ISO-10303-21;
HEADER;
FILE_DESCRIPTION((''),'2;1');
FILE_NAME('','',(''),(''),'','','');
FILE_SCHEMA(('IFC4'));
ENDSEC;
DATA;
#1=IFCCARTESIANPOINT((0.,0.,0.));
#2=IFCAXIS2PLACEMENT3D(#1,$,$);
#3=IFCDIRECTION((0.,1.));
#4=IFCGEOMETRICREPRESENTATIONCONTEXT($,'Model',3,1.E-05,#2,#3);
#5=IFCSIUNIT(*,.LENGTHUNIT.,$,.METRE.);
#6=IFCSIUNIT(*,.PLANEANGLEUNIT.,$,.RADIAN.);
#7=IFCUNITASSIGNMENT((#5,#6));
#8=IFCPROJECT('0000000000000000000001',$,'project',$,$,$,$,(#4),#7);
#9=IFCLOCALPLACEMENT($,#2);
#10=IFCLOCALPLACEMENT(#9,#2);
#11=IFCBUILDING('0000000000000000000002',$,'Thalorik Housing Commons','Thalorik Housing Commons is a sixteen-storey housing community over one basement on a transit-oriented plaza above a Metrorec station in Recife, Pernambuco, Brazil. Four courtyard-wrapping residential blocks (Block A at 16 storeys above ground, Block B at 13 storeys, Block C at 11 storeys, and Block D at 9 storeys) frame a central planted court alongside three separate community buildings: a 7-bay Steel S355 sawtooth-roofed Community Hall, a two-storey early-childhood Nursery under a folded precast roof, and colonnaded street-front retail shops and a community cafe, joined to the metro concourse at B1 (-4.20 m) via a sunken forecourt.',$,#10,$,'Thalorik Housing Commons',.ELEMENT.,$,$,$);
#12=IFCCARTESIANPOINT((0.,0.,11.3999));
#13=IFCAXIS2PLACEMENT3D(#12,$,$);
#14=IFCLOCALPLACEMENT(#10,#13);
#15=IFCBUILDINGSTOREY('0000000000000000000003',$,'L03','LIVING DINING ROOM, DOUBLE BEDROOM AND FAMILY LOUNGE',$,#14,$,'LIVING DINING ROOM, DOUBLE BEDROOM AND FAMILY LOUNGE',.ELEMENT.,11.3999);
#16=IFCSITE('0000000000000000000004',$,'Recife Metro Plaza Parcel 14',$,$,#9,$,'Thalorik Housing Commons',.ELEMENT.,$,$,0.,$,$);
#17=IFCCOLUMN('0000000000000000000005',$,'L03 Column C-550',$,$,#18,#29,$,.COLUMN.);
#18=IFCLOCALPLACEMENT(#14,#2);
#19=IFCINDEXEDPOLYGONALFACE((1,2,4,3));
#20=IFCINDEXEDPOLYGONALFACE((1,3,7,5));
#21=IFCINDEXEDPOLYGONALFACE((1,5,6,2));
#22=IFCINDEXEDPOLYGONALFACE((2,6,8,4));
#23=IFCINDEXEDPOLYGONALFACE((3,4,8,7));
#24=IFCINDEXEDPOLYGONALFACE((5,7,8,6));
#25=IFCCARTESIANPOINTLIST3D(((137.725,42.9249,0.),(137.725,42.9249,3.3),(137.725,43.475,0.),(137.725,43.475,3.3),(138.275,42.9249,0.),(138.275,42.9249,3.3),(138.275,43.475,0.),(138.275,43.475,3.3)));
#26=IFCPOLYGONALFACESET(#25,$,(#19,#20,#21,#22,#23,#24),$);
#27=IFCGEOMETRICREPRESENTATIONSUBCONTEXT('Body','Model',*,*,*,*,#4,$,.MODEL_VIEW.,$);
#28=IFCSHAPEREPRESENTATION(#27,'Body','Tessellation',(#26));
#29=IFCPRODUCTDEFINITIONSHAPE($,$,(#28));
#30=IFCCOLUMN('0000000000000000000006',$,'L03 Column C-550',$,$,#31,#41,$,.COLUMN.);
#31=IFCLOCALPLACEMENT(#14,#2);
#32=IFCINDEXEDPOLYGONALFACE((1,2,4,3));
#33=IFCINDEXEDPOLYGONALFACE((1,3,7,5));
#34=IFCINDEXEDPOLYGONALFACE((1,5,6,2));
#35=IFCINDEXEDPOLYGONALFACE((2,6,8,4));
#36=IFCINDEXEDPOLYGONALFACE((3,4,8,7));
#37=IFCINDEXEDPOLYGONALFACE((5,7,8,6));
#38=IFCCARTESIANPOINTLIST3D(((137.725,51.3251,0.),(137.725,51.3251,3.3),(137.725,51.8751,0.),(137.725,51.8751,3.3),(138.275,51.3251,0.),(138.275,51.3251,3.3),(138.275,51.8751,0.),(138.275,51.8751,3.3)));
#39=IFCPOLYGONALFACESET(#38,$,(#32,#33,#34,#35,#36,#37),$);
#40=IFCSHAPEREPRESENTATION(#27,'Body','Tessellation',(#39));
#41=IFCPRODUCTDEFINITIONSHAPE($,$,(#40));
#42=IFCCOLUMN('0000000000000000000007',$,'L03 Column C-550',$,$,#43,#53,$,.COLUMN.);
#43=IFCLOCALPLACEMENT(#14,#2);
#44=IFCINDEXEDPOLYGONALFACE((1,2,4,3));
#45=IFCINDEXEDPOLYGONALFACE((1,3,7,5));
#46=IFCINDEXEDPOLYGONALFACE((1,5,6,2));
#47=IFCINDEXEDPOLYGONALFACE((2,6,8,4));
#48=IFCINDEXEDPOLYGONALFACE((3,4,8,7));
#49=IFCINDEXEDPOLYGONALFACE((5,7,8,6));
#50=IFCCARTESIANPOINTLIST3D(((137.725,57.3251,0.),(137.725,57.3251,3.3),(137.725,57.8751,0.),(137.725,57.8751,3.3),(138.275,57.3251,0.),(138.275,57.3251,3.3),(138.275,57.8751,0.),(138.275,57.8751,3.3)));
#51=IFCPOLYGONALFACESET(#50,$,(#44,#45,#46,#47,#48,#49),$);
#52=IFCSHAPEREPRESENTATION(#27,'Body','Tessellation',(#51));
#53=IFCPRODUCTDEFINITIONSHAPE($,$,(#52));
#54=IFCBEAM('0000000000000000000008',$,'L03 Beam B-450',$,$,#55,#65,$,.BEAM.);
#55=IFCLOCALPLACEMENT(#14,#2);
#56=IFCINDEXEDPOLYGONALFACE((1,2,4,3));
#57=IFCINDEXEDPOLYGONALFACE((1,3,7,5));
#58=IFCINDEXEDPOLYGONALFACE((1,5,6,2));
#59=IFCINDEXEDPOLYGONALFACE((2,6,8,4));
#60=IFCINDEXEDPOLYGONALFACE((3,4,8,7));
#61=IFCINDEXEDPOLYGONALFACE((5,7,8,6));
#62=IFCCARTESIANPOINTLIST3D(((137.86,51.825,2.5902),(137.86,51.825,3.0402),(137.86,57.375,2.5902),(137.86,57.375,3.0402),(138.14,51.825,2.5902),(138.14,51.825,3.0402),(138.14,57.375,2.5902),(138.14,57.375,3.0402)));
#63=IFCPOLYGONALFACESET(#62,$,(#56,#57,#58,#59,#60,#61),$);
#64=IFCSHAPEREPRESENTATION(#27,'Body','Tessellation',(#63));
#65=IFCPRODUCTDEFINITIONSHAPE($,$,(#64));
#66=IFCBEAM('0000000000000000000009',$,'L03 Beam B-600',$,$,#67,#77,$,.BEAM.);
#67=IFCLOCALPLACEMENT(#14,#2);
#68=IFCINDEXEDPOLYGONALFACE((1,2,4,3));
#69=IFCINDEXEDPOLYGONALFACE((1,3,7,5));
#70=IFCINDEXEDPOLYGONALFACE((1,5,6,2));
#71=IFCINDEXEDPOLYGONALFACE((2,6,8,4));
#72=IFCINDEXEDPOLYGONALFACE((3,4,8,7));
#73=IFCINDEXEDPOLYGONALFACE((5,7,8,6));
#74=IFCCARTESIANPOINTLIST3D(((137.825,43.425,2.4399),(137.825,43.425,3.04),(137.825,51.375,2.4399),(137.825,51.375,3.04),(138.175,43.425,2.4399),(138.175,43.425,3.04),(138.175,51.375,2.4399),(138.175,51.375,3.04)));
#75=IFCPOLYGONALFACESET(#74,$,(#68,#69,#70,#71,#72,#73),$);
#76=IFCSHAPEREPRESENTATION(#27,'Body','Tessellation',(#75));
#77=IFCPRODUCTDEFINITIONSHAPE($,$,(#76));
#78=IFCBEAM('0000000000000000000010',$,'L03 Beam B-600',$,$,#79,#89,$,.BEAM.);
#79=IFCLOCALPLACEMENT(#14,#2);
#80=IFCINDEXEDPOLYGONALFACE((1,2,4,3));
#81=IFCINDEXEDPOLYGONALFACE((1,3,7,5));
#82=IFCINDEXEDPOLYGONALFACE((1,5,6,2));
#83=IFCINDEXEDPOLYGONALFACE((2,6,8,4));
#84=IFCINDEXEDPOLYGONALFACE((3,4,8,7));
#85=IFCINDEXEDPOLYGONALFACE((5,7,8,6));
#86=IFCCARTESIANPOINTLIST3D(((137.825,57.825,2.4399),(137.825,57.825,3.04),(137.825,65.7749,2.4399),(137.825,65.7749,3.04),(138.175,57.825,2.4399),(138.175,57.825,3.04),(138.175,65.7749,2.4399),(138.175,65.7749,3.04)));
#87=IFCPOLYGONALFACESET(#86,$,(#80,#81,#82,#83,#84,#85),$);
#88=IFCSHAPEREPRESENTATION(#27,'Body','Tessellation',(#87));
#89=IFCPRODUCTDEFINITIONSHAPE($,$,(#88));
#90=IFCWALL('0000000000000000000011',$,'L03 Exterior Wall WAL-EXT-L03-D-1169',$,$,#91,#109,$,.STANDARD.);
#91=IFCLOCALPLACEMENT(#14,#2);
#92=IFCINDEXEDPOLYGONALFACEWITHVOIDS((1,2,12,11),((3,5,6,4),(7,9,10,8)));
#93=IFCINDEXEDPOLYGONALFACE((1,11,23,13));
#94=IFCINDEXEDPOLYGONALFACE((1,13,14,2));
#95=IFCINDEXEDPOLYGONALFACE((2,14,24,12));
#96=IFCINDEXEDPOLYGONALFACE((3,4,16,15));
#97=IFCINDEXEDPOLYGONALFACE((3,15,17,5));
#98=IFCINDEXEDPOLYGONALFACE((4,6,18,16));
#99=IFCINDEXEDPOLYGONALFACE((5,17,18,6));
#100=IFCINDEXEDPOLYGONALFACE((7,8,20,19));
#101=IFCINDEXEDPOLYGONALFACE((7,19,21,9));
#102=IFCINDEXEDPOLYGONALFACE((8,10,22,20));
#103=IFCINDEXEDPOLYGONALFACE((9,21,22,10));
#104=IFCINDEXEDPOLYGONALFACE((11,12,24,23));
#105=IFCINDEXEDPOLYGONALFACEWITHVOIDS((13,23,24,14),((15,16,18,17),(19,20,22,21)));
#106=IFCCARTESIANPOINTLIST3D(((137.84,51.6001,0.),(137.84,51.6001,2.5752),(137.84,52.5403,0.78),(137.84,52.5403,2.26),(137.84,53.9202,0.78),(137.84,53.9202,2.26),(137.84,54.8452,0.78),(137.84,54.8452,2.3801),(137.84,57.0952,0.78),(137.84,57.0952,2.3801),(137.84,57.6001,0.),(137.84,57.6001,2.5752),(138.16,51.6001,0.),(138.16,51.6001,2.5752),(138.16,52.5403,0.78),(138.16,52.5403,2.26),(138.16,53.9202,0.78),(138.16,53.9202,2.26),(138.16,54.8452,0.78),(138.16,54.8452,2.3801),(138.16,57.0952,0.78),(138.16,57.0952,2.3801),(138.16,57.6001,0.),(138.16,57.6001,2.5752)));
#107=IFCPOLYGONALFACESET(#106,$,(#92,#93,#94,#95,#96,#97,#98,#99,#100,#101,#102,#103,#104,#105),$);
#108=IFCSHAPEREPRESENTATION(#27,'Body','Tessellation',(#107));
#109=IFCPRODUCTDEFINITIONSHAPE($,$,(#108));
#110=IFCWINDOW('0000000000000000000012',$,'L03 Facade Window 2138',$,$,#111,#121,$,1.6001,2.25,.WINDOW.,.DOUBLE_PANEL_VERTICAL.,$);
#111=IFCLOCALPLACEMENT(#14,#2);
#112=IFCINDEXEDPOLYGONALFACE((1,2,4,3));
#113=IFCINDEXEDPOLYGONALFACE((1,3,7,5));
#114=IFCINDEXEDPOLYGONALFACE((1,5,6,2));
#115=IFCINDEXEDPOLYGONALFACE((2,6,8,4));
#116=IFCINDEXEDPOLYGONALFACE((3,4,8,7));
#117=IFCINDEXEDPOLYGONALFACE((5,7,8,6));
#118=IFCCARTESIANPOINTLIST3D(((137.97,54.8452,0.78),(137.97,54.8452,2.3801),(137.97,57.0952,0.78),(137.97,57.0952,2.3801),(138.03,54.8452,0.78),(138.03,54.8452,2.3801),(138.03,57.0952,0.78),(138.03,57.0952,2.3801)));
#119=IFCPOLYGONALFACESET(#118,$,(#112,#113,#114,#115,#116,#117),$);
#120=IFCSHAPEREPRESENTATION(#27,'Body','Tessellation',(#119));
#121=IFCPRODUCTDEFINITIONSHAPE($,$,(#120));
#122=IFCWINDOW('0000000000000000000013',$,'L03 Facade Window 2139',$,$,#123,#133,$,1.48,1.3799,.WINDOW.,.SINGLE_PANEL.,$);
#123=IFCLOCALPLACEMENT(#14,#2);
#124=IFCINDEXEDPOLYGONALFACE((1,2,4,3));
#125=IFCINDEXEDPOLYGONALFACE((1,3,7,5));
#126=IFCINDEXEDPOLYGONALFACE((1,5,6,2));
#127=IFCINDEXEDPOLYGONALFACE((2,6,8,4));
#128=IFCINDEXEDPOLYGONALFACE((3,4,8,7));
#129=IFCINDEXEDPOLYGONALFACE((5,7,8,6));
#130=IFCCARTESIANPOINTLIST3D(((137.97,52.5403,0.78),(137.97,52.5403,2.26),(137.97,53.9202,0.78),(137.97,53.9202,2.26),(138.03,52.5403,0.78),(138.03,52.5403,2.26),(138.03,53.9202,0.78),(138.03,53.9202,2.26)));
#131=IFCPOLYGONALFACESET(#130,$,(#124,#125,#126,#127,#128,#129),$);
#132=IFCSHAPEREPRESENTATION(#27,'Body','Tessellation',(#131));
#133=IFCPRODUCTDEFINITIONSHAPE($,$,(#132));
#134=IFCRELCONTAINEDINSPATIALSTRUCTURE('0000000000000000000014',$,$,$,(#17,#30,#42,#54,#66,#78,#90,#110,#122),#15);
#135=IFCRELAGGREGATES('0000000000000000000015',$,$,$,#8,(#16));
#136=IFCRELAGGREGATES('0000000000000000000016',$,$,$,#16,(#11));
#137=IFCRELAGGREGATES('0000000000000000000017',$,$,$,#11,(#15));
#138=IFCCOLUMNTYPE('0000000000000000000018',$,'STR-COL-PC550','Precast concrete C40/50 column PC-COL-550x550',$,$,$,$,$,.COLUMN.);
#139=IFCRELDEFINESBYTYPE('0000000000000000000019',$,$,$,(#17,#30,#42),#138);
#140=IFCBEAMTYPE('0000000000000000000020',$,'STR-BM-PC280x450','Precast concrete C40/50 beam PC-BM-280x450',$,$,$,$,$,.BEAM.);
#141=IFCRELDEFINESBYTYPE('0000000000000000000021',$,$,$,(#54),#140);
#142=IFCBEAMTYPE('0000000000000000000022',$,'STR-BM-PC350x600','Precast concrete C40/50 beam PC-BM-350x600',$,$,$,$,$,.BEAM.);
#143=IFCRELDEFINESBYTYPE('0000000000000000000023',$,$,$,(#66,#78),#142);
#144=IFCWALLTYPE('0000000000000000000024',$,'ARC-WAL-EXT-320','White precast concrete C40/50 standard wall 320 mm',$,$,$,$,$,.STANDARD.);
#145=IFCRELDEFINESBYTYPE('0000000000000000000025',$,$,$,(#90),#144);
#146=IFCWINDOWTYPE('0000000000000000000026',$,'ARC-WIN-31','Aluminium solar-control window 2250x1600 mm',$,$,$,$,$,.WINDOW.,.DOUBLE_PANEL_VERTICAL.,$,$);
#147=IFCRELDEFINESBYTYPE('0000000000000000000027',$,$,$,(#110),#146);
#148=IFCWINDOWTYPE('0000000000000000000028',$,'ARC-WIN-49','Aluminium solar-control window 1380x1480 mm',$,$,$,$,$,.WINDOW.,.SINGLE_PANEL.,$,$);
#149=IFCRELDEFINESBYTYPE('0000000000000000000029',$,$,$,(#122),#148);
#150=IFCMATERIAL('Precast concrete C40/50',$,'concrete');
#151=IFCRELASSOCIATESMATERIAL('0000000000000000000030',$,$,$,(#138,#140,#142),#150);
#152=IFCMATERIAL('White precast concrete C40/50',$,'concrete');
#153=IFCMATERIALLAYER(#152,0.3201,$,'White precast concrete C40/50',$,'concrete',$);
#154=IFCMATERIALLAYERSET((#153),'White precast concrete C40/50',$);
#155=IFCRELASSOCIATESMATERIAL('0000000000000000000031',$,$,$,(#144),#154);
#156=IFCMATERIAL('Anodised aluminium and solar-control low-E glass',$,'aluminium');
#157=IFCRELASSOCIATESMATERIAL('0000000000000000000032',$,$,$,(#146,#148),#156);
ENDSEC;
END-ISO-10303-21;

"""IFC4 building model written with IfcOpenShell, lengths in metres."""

from ifc_helpers import new_model, si_unit, direction, frame, frame_2d, origin, origin_2d, place, context, subcontext, project, spatial, rectangle, extrude, material, layer, layer_set, material_profile, profile_set, type_object, element, fill, save


model = new_model("IFC4")

# Units and contexts
model_context = context("Model", 3, precision=1e-05, world=origin(), true_north=direction((0.0, 1.0)))
body_context = subcontext(model_context, "Body", "Model", "MODEL_VIEW")
ifc_project = project(units=[si_unit("LENGTHUNIT", "METRE"), si_unit("PLANEANGLEUNIT", "RADIAN")], contexts=[model_context])

# Site, building, storey
site_placement = place(None, origin())
site = spatial("IfcSite", under=ifc_project, at=site_placement, Name="Recife Metro Plaza Parcel 14", LongName="Thalorik Housing Commons", CompositionType="ELEMENT", RefElevation=0.0)
building_placement = place(site_placement, origin())
building = spatial("IfcBuilding", under=site, at=building_placement, Name="Thalorik Housing Commons", Description="Thalorik Housing Commons is a sixteen-storey housing community over one basement on a transit-oriented plaza above a Metrorec station in Recife, Pernambuco, Brazil. Four courtyard-wrapping residential blocks (Block A at 16 storeys above ground, Block B at 13 storeys, Block C at 11 storeys, and Block D at 9 storeys) frame a central planted court alongside three separate community buildings: a 7-bay Steel S355 sawtooth-roofed Community Hall, a two-storey early-childhood Nursery under a folded precast roof, and colonnaded street-front retail shops and a community cafe, joined to the metro concourse at B1 (-4.20 m) via a sunken forecourt.", LongName="Thalorik Housing Commons", CompositionType="ELEMENT")
storey_placement = place(building_placement, frame((0.0, 0.0, 11.3999)))
storey = spatial("IfcBuildingStorey", under=building, at=storey_placement, Name="L03", Description="LIVING DINING ROOM, DOUBLE BEDROOM AND FAMILY LOUNGE", LongName="LIVING DINING ROOM, DOUBLE BEDROOM AND FAMILY LOUNGE", CompositionType="ELEMENT", Elevation=11.3999)

# Columns
ifc_material_1 = material(Name="Precast concrete C40/50", Category="concrete")
ifc_material_profile_1 = material_profile(ifc_material_1, rectangle(XDim=0.55, YDim=0.55, at=origin_2d()), Name="PC 550x550", Category="concrete")
ifc_profile_set_1 = profile_set([ifc_material_profile_1], Name="Precast concrete C40/50")
column_type = type_object("IfcColumnType", Name="STR-COL-PC550", Description="Precast concrete C40/50 column PC-COL-550x550", PredefinedType="COLUMN", material=ifc_profile_set_1)
for number, where, z_axis, x_axis, name in (
    (1, (138.0, 43.2, 0.0), (0.0, 0.0, 1.0), (1.0, 0.0, 0.0), "L03 Column C-550"),
    (2, (138.0, 51.6001, 0.0), (0.0, 0.0, 1.0), (1.0, 0.0, 0.0), "L03 Column C-550"),
    (3, (138.0, 57.6001, 0.0), (0.0, 0.0, 1.0), (1.0, 0.0, 0.0), "L03 Column C-550"),
):
    element("IfcColumn", number, at=place(storey_placement, frame(where, z_axis=z_axis, x_axis=x_axis)), inside=storey, type_object=column_type, Name=name, PredefinedType="COLUMN", context=body_context, shape_type="SweptSolid", body=[
        extrude(rectangle(XDim=0.55, YDim=0.55, at=origin_2d()), origin(), (0.0, 0.0, 1.0), 3.3),
    ])

# Beams
ifc_material_profile_2 = material_profile(ifc_material_1, rectangle(XDim=0.28, YDim=0.45, at=origin_2d()), Name="PC 280x450", Category="concrete")
ifc_profile_set_2 = profile_set([ifc_material_profile_2], Name="Precast concrete C40/50")
beam_type_1 = type_object("IfcBeamType", Name="STR-BM-PC280x450", Description="Precast concrete C40/50 beam PC-BM-280x450", PredefinedType="BEAM", material=ifc_profile_set_2)
beam_placement = place(storey_placement, frame((138.0, 51.825, 2.8152), z_axis=(0.0, 1.0, 0.0), x_axis=(-1.0, 0.0, 0.0)))
element("IfcBeam", 4, at=beam_placement, inside=storey, type_object=beam_type_1, Name="L03 Beam B-450", PredefinedType="BEAM", context=body_context, shape_type="SweptSolid", body=[
    extrude(rectangle(XDim=0.28, YDim=0.45, at=origin_2d()), origin(), (0.0, 0.0, 1.0), 5.55),
])
ifc_material_profile_3 = material_profile(ifc_material_1, rectangle(XDim=0.3501, YDim=0.6001, at=origin_2d()), Name="PC 350x600", Category="concrete")
ifc_profile_set_3 = profile_set([ifc_material_profile_3], Name="Precast concrete C40/50")
beam_type_2 = type_object("IfcBeamType", Name="STR-BM-PC350x600", Description="Precast concrete C40/50 beam PC-BM-350x600", PredefinedType="BEAM", material=ifc_profile_set_3)
for number, where, z_axis, x_axis, name in (
    (5, (138.0, 43.425, 2.74), (0.0, 1.0, 0.0), (-1.0, 0.0, 0.0), "L03 Beam B-600"),
    (6, (138.0, 57.825, 2.74), (0.0, 1.0, 0.0), (-1.0, 0.0, 0.0), "L03 Beam B-600"),
):
    element("IfcBeam", number, at=place(storey_placement, frame(where, z_axis=z_axis, x_axis=x_axis)), inside=storey, type_object=beam_type_2, Name=name, PredefinedType="BEAM", context=body_context, shape_type="SweptSolid", body=[
        extrude(rectangle(XDim=0.3501, YDim=0.6001, at=origin_2d()), origin(), (0.0, 0.0, 1.0), 7.95),
    ])

# Wall, openings, windows
ifc_material_2 = material(Name="White precast concrete C40/50", Category="concrete")
ifc_layer_1 = layer(ifc_material_2, 0.3201, Name="White precast concrete C40/50", Category="concrete")
ifc_layer_set_1 = layer_set([ifc_layer_1], Name="White precast concrete C40/50")
wall_type = type_object("IfcWallType", Name="ARC-WAL-EXT-320", Description="White precast concrete C40/50 standard wall 320 mm", PredefinedType="STANDARD", material=ifc_layer_set_1)
wall_1_placement = place(storey_placement, frame((138.0, 57.6001, 0.0), z_axis=(0.0, 0.0, 1.0), x_axis=(0.0, -1.0, 0.0)))
wall_1 = element("IfcWall", 7, at=wall_1_placement, inside=storey, type_object=wall_type, Name="L03 Exterior Wall WAL-EXT-L03-D-1169", PredefinedType="STANDARD", context=body_context, shape_type="SweptSolid", body=[
    extrude(rectangle(XDim=6.0, YDim=0.3201, at=frame_2d((3.0, 0.0))), origin(), (0.0, 0.0, 1.0), 2.5752),
])
opening_1_placement = place(wall_1_placement, frame((0.5049, 0.0, 0.78)))
opening_1 = element("IfcOpeningElement", 8, at=opening_1_placement, cuts=wall_1, PredefinedType="OPENING", context=body_context, shape_type="SweptSolid", body=[
    extrude(rectangle(XDim=2.25, YDim=1.6001, at=frame_2d((1.125, 0.8))), frame((0.0, 0.1699, 0.0), z_axis=(0.0, -1.0, 0.0), x_axis=(1.0, 0.0, 0.0)), (0.0, 0.0, 1.0), 0.3401),
])
opening_2_placement = place(wall_1_placement, frame((3.6799, 0.0, 0.78)))
opening_2 = element("IfcOpeningElement", 9, at=opening_2_placement, cuts=wall_1, PredefinedType="OPENING", context=body_context, shape_type="SweptSolid", body=[
    extrude(rectangle(XDim=1.3799, YDim=1.48, at=frame_2d((0.6899, 0.74))), frame((0.0, 0.1699, 0.0), z_axis=(0.0, -1.0, 0.0), x_axis=(1.0, 0.0, 0.0)), (0.0, 0.0, 1.0), 0.3401),
])
ifc_material_3 = material(Name="Anodised aluminium and solar-control low-E glass", Category="aluminium")
window_type_1 = type_object("IfcWindowType", Name="ARC-WIN-31", Description="Aluminium solar-control window 2250x1600 mm", PartitioningType="DOUBLE_PANEL_VERTICAL", PredefinedType="WINDOW", material=ifc_material_3)
window_1_placement = place(opening_1_placement, origin())
window_1 = element("IfcWindow", 10, at=window_1_placement, inside=storey, type_object=window_type_1, Name="L03 Facade Window 2138", OverallHeight=1.6001, OverallWidth=2.25, PartitioningType="DOUBLE_PANEL_VERTICAL", PredefinedType="WINDOW", context=body_context, shape_type="SweptSolid", body=[
    extrude(rectangle(XDim=2.25, YDim=1.6001, at=frame_2d((1.125, 0.8))), frame((0.0, 0.03, 0.0), z_axis=(0.0, -1.0, 0.0), x_axis=(1.0, 0.0, 0.0)), (0.0, 0.0, 1.0), 0.0601),
])
fill(opening_1, window_1)
window_type_2 = type_object("IfcWindowType", Name="ARC-WIN-49", Description="Aluminium solar-control window 1380x1480 mm", PartitioningType="SINGLE_PANEL", PredefinedType="WINDOW", material=ifc_material_3)
window_2_placement = place(opening_2_placement, origin())
window_2 = element("IfcWindow", 11, at=window_2_placement, inside=storey, type_object=window_type_2, Name="L03 Facade Window 2139", OverallHeight=1.48, OverallWidth=1.3799, PartitioningType="SINGLE_PANEL", PredefinedType="WINDOW", context=body_context, shape_type="SweptSolid", body=[
    extrude(rectangle(XDim=1.3799, YDim=1.48, at=frame_2d((0.6899, 0.74))), frame((0.0, 0.03, 0.0), z_axis=(0.0, -1.0, 0.0), x_axis=(1.0, 0.0, 0.0)), (0.0, 0.0, 1.0), 0.0601),
])
fill(opening_2, window_2)

save(model, "model.ifc")
